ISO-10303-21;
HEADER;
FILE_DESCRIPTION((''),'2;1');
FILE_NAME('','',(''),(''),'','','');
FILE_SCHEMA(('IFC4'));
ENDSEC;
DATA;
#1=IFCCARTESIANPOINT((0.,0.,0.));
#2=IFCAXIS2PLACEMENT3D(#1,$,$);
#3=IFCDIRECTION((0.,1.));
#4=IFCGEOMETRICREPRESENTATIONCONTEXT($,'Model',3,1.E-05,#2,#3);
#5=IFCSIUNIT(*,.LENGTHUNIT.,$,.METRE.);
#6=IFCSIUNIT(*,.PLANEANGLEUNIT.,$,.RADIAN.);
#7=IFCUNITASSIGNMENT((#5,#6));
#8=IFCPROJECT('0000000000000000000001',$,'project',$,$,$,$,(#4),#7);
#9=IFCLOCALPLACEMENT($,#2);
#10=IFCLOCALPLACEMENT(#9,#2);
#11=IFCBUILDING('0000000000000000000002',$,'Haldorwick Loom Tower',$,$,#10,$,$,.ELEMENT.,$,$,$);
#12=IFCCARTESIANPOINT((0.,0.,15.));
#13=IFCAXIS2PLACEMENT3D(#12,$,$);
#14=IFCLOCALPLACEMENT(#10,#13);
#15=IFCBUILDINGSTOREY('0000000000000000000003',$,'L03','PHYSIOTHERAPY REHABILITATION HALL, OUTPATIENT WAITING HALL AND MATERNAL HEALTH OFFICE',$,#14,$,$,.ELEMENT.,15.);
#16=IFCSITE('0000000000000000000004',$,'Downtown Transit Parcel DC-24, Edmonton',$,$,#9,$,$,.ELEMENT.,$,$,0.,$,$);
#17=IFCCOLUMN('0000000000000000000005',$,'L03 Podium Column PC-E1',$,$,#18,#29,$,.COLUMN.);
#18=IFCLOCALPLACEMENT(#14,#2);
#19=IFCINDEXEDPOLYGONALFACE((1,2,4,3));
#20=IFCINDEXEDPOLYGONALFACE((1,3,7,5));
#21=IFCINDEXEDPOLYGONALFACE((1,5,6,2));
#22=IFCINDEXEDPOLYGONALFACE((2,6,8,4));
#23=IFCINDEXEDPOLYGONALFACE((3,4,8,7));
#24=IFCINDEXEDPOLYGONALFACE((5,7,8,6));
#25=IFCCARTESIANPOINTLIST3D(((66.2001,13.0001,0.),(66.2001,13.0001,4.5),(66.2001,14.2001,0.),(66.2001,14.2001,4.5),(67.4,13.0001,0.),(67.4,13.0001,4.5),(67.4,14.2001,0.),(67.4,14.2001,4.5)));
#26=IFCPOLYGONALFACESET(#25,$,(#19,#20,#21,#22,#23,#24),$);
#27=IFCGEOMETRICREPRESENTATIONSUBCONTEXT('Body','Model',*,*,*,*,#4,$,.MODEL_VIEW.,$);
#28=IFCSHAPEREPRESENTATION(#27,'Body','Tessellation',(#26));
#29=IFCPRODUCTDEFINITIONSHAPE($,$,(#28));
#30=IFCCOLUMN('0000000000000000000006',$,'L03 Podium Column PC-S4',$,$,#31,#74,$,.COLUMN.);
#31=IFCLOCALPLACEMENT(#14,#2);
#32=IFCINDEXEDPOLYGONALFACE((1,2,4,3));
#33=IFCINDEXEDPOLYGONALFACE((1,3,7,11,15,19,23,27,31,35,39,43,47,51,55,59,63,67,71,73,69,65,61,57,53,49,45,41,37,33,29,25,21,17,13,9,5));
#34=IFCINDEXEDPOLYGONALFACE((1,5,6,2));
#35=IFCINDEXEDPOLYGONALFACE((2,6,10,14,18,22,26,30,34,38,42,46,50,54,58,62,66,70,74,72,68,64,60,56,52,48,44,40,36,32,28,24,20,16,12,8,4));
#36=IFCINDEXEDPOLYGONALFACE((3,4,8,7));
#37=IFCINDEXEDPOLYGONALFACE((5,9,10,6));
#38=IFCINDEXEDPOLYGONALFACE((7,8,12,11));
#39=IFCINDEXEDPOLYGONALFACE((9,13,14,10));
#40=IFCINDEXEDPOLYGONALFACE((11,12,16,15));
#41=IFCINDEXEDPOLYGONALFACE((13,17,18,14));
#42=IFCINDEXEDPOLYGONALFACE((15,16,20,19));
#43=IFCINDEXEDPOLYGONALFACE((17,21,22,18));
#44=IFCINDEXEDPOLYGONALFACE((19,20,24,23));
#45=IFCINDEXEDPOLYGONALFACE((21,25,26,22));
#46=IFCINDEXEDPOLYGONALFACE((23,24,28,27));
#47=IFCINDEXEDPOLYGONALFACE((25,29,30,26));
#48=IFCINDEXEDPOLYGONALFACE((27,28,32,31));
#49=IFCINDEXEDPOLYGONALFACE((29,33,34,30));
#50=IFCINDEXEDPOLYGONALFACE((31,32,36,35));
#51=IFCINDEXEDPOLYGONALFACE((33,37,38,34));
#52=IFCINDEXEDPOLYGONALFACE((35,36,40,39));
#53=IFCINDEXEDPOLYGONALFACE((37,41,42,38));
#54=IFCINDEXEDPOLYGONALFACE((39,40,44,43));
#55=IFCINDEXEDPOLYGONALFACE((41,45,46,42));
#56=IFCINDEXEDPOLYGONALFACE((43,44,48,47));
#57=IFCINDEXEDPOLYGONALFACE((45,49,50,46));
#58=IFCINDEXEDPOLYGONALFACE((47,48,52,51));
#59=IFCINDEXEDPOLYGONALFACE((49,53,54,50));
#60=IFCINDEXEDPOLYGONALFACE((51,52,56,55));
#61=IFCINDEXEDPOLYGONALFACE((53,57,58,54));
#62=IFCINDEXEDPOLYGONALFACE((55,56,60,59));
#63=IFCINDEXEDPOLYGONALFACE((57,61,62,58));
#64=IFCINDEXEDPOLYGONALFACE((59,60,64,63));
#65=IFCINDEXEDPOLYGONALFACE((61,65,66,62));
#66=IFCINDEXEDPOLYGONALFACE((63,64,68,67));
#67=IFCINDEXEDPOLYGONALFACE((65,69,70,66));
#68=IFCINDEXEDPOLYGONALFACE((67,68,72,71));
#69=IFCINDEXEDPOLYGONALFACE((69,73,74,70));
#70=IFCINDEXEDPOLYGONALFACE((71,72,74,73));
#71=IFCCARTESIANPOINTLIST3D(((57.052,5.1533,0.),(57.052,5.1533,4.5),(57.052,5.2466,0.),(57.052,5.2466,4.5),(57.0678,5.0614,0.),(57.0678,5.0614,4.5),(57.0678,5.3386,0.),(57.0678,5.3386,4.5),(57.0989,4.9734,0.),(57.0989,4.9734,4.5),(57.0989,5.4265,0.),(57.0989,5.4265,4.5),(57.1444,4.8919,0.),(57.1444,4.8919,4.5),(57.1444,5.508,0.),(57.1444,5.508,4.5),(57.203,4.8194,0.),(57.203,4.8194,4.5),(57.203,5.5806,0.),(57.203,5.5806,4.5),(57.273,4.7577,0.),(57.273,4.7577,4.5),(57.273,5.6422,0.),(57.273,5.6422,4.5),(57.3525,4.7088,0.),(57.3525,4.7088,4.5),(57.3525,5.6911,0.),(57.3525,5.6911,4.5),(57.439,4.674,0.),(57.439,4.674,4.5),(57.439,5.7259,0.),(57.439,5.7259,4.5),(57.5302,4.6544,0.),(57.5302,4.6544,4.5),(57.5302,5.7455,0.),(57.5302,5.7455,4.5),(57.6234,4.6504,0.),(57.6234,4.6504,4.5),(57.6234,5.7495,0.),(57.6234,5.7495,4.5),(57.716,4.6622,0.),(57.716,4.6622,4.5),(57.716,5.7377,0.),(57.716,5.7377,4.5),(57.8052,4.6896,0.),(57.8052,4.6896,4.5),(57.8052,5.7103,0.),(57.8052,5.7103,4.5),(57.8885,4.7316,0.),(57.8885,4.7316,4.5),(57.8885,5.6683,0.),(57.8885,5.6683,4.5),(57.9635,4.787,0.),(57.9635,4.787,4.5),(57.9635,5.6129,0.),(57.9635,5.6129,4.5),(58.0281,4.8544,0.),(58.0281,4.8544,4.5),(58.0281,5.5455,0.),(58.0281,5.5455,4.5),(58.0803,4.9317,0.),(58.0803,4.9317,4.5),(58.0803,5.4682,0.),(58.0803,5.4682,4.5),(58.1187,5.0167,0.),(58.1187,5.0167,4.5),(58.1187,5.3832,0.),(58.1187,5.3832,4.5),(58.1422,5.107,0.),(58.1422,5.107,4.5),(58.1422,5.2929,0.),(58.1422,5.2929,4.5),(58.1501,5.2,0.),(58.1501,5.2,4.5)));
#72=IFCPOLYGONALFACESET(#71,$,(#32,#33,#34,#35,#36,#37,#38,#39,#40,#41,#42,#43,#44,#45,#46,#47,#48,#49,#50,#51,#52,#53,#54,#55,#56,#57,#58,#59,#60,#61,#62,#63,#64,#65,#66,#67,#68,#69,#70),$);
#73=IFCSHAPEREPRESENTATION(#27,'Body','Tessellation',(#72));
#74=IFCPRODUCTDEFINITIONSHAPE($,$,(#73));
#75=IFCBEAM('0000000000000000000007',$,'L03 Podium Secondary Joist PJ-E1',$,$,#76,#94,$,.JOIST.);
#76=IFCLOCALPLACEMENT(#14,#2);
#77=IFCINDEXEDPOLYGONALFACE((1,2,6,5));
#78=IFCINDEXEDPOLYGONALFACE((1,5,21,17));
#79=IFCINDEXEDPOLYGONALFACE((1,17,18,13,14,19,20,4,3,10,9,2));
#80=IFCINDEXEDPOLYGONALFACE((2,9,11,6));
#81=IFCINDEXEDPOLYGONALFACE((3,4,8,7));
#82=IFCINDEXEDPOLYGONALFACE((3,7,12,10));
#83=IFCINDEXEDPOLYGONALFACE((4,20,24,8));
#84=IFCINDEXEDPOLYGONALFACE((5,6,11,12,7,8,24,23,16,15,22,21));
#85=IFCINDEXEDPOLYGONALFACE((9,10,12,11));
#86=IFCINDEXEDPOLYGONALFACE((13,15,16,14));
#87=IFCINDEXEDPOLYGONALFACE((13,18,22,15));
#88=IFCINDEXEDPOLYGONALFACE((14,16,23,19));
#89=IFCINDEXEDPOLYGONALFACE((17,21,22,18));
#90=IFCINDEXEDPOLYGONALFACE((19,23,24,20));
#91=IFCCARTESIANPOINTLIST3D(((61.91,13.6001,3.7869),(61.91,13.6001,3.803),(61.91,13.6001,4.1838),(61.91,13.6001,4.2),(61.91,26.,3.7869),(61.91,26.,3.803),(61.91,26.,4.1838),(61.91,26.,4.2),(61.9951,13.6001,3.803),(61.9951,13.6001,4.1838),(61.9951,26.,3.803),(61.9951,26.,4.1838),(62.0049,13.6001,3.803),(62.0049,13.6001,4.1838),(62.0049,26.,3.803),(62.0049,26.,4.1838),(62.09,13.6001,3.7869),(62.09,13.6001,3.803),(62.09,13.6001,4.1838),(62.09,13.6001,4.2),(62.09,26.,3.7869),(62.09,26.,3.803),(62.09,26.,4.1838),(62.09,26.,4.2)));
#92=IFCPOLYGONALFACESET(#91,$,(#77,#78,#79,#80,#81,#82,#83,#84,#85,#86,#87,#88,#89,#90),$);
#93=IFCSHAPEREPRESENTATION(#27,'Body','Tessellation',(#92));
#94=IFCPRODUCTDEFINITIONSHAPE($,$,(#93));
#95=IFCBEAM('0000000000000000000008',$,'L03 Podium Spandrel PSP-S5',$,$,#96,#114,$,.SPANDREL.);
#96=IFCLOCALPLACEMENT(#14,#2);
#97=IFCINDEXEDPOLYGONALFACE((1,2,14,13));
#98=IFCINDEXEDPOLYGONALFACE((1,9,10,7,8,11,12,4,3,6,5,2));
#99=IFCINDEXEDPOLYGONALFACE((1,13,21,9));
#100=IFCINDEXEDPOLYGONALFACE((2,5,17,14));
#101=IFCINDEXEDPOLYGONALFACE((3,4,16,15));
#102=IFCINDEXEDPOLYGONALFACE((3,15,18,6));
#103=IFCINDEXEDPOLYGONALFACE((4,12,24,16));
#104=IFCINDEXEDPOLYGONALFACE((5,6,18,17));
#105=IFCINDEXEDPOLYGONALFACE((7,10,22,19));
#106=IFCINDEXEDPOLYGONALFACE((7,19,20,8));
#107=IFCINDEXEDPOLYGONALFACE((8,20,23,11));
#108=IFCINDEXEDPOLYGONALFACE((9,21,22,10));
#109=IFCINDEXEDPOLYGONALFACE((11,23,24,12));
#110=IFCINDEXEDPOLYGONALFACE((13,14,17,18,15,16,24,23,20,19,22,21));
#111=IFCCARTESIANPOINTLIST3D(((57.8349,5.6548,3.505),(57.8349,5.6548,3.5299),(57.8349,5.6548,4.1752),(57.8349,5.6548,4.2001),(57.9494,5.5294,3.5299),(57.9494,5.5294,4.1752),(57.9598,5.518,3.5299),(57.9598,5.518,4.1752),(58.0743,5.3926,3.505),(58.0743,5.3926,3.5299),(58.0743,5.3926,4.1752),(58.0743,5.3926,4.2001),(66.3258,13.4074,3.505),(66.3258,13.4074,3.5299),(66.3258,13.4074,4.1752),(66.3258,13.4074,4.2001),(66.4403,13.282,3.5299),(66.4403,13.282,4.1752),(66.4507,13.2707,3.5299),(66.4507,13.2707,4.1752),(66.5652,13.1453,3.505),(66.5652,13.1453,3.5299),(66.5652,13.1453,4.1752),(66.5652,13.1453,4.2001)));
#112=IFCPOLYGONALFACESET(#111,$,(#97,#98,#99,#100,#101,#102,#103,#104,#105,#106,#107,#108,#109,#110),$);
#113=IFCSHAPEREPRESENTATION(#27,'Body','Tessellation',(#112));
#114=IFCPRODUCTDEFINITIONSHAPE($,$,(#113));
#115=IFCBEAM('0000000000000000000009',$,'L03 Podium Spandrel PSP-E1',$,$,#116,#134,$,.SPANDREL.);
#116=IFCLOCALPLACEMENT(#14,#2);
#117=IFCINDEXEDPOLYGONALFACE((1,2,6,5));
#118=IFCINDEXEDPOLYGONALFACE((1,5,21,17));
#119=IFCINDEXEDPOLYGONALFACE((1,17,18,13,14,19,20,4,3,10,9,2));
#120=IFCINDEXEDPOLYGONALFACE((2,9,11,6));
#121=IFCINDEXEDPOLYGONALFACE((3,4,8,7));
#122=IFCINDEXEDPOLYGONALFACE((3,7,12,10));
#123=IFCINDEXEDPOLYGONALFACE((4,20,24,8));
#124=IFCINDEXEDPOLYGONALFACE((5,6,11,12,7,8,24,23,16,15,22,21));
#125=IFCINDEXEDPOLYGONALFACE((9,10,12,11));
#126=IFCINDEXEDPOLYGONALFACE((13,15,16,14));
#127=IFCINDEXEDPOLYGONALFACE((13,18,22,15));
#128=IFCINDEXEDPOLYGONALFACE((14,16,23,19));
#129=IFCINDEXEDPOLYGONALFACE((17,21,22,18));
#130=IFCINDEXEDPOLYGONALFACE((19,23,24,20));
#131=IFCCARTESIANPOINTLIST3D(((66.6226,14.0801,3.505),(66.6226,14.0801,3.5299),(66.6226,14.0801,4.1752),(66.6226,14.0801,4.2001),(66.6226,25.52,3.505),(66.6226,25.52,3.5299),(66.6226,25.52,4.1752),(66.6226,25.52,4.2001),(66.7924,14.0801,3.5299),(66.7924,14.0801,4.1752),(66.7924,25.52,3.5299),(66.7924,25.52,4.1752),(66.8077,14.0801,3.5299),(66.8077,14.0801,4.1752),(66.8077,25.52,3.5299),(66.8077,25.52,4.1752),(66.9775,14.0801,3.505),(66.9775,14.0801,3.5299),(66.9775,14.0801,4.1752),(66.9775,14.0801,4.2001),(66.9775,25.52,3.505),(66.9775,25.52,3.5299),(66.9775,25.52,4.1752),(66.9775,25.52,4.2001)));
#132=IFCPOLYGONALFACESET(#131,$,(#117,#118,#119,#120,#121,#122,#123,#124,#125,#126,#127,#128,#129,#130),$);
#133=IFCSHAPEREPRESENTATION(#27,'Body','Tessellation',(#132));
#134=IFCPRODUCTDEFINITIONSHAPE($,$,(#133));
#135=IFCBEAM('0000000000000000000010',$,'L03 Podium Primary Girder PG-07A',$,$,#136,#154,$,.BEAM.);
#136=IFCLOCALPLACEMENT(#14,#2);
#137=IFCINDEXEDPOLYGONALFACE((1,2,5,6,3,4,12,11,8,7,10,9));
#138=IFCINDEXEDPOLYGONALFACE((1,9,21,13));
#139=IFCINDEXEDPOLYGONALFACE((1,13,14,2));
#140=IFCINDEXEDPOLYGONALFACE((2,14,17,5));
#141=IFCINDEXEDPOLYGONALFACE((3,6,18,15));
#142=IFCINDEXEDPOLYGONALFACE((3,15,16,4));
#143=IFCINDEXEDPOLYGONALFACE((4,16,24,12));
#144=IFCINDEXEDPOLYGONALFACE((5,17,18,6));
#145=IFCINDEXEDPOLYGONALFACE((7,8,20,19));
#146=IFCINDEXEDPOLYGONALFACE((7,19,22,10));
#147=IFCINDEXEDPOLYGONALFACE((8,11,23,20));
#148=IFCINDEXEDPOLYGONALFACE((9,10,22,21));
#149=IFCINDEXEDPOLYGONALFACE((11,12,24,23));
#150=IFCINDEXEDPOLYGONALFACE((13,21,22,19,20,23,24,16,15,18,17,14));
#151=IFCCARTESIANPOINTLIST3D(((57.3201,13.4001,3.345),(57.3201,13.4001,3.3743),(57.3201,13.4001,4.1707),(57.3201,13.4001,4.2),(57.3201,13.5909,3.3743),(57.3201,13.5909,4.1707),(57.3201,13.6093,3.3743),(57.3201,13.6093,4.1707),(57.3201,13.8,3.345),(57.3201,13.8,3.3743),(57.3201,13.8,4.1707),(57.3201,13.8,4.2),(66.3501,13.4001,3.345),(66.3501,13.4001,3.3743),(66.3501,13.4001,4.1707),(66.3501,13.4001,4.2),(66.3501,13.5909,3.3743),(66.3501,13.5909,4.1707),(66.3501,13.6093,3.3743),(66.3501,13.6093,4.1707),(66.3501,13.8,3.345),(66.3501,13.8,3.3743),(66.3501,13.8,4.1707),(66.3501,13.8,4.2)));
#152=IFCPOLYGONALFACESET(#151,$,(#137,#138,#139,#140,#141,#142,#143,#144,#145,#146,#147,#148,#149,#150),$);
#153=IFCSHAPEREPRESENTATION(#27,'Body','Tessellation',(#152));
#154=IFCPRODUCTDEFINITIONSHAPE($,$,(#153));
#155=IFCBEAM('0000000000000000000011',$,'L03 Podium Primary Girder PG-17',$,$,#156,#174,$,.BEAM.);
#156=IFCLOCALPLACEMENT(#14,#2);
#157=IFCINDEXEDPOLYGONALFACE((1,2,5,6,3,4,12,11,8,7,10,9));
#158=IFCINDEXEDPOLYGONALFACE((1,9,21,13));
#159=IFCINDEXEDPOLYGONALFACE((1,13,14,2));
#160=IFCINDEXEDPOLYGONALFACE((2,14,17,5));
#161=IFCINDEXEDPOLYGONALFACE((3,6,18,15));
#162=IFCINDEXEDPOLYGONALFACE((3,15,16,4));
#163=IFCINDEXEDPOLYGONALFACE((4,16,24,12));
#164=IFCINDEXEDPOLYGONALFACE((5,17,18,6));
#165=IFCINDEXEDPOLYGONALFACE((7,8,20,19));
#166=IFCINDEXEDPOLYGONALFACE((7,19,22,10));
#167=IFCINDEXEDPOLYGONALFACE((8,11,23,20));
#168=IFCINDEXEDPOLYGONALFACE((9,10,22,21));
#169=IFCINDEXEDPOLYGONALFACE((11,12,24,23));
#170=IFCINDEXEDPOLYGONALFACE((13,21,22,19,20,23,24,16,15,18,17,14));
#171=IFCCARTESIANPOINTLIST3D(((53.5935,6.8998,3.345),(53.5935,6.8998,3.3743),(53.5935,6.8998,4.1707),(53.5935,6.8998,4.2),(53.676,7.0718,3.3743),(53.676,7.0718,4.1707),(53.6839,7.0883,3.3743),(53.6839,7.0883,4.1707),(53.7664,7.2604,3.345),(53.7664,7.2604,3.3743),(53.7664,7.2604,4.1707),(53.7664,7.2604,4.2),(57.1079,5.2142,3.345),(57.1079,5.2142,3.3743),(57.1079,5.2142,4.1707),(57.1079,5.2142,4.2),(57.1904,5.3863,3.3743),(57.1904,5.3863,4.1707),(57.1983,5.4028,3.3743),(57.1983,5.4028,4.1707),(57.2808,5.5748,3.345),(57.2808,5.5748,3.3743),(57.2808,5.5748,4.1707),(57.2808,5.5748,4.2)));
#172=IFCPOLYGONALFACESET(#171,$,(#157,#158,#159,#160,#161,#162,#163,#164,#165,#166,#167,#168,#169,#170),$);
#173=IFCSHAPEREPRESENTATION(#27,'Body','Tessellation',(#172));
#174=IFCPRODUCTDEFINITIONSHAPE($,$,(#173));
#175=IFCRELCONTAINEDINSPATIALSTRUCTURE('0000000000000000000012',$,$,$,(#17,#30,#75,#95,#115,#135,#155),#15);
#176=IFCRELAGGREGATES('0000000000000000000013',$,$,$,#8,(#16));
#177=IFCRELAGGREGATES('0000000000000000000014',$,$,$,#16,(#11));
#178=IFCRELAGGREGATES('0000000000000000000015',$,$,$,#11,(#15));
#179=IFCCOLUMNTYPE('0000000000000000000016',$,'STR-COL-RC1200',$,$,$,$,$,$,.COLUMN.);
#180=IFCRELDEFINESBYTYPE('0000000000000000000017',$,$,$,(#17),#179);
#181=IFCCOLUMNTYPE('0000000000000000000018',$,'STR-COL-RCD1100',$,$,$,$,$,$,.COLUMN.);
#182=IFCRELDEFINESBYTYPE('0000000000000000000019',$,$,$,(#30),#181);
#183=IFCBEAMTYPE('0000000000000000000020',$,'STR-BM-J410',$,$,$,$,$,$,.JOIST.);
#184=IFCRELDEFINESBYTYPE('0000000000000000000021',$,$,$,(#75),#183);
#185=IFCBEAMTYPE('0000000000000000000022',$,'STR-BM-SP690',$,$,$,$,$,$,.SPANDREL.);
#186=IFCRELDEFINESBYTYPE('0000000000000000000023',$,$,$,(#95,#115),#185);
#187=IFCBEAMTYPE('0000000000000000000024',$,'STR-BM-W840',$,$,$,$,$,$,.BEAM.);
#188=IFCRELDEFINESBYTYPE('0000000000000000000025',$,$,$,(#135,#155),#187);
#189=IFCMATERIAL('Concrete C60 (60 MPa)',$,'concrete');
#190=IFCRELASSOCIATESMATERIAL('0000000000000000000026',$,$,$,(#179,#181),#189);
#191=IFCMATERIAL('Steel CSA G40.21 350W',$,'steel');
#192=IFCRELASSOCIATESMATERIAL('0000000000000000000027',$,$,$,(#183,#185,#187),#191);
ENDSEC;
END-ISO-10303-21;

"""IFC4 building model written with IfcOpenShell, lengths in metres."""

from ifc_helpers import new_model, si_unit, direction, frame, origin, origin_2d, place, context, subcontext, project, spatial, rectangle, circle, i_section, extrude, material, material_profile, profile_set, type_object, element, save


model = new_model("IFC4")

# Units and contexts
model_context = context("Model", 3, precision=1e-05, world=origin(), true_north=direction((0.0, 1.0)))
body_context = subcontext(model_context, "Body", "Model", "MODEL_VIEW")
ifc_project = project(units=[si_unit("LENGTHUNIT", "METRE"), si_unit("PLANEANGLEUNIT", "RADIAN")], contexts=[model_context])

# Site, building, storey
site_placement = place(None, origin())
site = spatial("IfcSite", under=ifc_project, at=site_placement, Name="Downtown Transit Parcel DC-24, Edmonton", CompositionType="ELEMENT", RefElevation=0.0)
building_placement = place(site_placement, origin())
building = spatial("IfcBuilding", under=site, at=building_placement, Name="Haldorwick Loom Tower", CompositionType="ELEMENT")
storey_placement = place(building_placement, frame((0.0, 0.0, 15.0)))
storey = spatial("IfcBuildingStorey", under=building, at=storey_placement, Name="L03", Description="PHYSIOTHERAPY REHABILITATION HALL, OUTPATIENT WAITING HALL AND MATERNAL HEALTH OFFICE", CompositionType="ELEMENT", Elevation=15.0)

# Columns
ifc_material_1 = material(Name="Concrete C60 (60 MPa)", Category="concrete")
ifc_material_profile_1 = material_profile(ifc_material_1, rectangle(XDim=1.2, YDim=1.2, at=origin_2d()), Name="RC1200X1200", Category="concrete")
ifc_profile_set_1 = profile_set([ifc_material_profile_1], Name="Concrete C60 (60 MPa)")
column_type_1 = type_object("IfcColumnType", Name="STR-COL-RC1200", PredefinedType="COLUMN", material=ifc_profile_set_1)
column_1_placement = place(storey_placement, frame((66.8, 13.6001, 0.0), z_axis=(0.0, 0.0, 1.0), x_axis=(1.0, 0.0, 0.0)))
element("IfcColumn", 1, at=column_1_placement, inside=storey, type_object=column_type_1, Name="L03 Podium Column PC-E1", PredefinedType="COLUMN", context=body_context, shape_type="SweptSolid", body=[
    extrude(rectangle(XDim=1.2, YDim=1.2, at=origin_2d()), origin(), (0.0, 0.0, 1.0), 4.5),
])
ifc_material_profile_2 = material_profile(ifc_material_1, circle(Radius=0.55, at=origin_2d()), Name="RCD1100", Category="concrete")
ifc_profile_set_2 = profile_set([ifc_material_profile_2], Name="Concrete C60 (60 MPa)")
column_type_2 = type_object("IfcColumnType", Name="STR-COL-RCD1100", PredefinedType="COLUMN", material=ifc_profile_set_2)
column_2_placement = place(storey_placement, frame((57.6001, 5.2, 0.0), z_axis=(0.0, 0.0, 1.0), x_axis=(1.0, 0.0, 0.0)))
element("IfcColumn", 2, at=column_2_placement, inside=storey, type_object=column_type_2, Name="L03 Podium Column PC-S4", PredefinedType="COLUMN", context=body_context, shape_type="SweptSolid", body=[
    extrude(circle(Radius=0.55, at=origin_2d()), origin(), (0.0, 0.0, 1.0), 4.5),
])

# Beams
ifc_material_2 = material(Name="Steel CSA G40.21 350W", Category="steel")
ifc_material_profile_3 = material_profile(ifc_material_2, i_section(OverallWidth=0.1799, OverallDepth=0.4131, WebThickness=0.0098, FlangeThickness=0.0161, at=origin_2d()), Name="W410X74", Category="steel")
ifc_profile_set_3 = profile_set([ifc_material_profile_3], Name="Steel CSA G40.21 350W")
beam_type_1 = type_object("IfcBeamType", Name="STR-BM-J410", PredefinedType="JOIST", material=ifc_profile_set_3)
beam_1_placement = place(storey_placement, frame((62.0, 13.6001, 3.9934), z_axis=(0.0, 1.0, 0.0), x_axis=(-1.0, 0.0, 0.0)))
element("IfcBeam", 3, at=beam_1_placement, inside=storey, type_object=beam_type_1, Name="L03 Podium Secondary Joist PJ-E1", PredefinedType="JOIST", context=body_context, shape_type="SweptSolid", body=[
    extrude(i_section(OverallWidth=0.1799, OverallDepth=0.4131, WebThickness=0.0098, FlangeThickness=0.0161, at=origin_2d()), origin(), (0.0, 0.0, 1.0), 12.3999),
])
ifc_material_profile_4 = material_profile(ifc_material_2, i_section(OverallWidth=0.355, OverallDepth=0.6951, WebThickness=0.0154, FlangeThickness=0.0249, at=origin_2d()), Name="W690X217", Category="steel")
ifc_profile_set_4 = profile_set([ifc_material_profile_4], Name="Steel CSA G40.21 350W")
beam_type_2 = type_object("IfcBeamType", Name="STR-BM-SP690", PredefinedType="SPANDREL", material=ifc_profile_set_4)
beam_2_placement = place(storey_placement, frame((57.9546, 5.5237, 3.8525), z_axis=(0.738483, 0.674272, 0.0), x_axis=(-0.674272, 0.738483, 0.0)))
element("IfcBeam", 4, at=beam_2_placement, inside=storey, type_object=beam_type_2, Name="L03 Podium Spandrel PSP-S5", PredefinedType="SPANDREL", context=body_context, shape_type="SweptSolid", body=[
    extrude(i_section(OverallWidth=0.355, OverallDepth=0.6951, WebThickness=0.0154, FlangeThickness=0.0249, at=origin_2d()), origin(), (0.0, 0.0, 1.0), 11.4978),
])
beam_3_placement = place(storey_placement, frame((66.8, 14.0801, 3.8525), z_axis=(0.0, 1.0, 0.0), x_axis=(-1.0, 0.0, 0.0)))
element("IfcBeam", 5, at=beam_3_placement, inside=storey, type_object=beam_type_2, Name="L03 Podium Spandrel PSP-E1", PredefinedType="SPANDREL", context=body_context, shape_type="SweptSolid", body=[
    extrude(i_section(OverallWidth=0.355, OverallDepth=0.6951, WebThickness=0.0154, FlangeThickness=0.0249, at=origin_2d()), origin(), (0.0, 0.0, 1.0), 11.4399),
])
ifc_material_profile_5 = material_profile(ifc_material_2, i_section(OverallWidth=0.3999, OverallDepth=0.855, WebThickness=0.0183, FlangeThickness=0.0293, at=origin_2d()), Name="W840X299", Category="steel")
ifc_profile_set_5 = profile_set([ifc_material_profile_5], Name="Steel CSA G40.21 350W")
beam_type_3 = type_object("IfcBeamType", Name="STR-BM-W840", PredefinedType="BEAM", material=ifc_profile_set_5)
beam_4_placement = place(storey_placement, frame((66.3501, 13.6001, 3.7725), z_axis=(-1.0, 0.0, 0.0), x_axis=(0.0, -1.0, 0.0)))
element("IfcBeam", 6, at=beam_4_placement, inside=storey, type_object=beam_type_3, Name="L03 Podium Primary Girder PG-07A", PredefinedType="BEAM", context=body_context, shape_type="SweptSolid", body=[
    extrude(i_section(OverallWidth=0.3999, OverallDepth=0.855, WebThickness=0.0183, FlangeThickness=0.0293, at=origin_2d()), origin(), (0.0, 0.0, 1.0), 9.03),
])
beam_5_placement = place(storey_placement, frame((57.1943, 5.3945, 3.7725), z_axis=(-0.90166, 0.432446, 0.0), x_axis=(-0.432446, -0.90166, 0.0)))
element("IfcBeam", 7, at=beam_5_placement, inside=storey, type_object=beam_type_3, Name="L03 Podium Primary Girder PG-17", PredefinedType="BEAM", context=body_context, shape_type="SweptSolid", body=[
    extrude(i_section(OverallWidth=0.3999, OverallDepth=0.855, WebThickness=0.0183, FlangeThickness=0.0293, at=origin_2d()), origin(), (0.0, 0.0, 1.0), 3.8977),
])

save(model, "model.ifc")
